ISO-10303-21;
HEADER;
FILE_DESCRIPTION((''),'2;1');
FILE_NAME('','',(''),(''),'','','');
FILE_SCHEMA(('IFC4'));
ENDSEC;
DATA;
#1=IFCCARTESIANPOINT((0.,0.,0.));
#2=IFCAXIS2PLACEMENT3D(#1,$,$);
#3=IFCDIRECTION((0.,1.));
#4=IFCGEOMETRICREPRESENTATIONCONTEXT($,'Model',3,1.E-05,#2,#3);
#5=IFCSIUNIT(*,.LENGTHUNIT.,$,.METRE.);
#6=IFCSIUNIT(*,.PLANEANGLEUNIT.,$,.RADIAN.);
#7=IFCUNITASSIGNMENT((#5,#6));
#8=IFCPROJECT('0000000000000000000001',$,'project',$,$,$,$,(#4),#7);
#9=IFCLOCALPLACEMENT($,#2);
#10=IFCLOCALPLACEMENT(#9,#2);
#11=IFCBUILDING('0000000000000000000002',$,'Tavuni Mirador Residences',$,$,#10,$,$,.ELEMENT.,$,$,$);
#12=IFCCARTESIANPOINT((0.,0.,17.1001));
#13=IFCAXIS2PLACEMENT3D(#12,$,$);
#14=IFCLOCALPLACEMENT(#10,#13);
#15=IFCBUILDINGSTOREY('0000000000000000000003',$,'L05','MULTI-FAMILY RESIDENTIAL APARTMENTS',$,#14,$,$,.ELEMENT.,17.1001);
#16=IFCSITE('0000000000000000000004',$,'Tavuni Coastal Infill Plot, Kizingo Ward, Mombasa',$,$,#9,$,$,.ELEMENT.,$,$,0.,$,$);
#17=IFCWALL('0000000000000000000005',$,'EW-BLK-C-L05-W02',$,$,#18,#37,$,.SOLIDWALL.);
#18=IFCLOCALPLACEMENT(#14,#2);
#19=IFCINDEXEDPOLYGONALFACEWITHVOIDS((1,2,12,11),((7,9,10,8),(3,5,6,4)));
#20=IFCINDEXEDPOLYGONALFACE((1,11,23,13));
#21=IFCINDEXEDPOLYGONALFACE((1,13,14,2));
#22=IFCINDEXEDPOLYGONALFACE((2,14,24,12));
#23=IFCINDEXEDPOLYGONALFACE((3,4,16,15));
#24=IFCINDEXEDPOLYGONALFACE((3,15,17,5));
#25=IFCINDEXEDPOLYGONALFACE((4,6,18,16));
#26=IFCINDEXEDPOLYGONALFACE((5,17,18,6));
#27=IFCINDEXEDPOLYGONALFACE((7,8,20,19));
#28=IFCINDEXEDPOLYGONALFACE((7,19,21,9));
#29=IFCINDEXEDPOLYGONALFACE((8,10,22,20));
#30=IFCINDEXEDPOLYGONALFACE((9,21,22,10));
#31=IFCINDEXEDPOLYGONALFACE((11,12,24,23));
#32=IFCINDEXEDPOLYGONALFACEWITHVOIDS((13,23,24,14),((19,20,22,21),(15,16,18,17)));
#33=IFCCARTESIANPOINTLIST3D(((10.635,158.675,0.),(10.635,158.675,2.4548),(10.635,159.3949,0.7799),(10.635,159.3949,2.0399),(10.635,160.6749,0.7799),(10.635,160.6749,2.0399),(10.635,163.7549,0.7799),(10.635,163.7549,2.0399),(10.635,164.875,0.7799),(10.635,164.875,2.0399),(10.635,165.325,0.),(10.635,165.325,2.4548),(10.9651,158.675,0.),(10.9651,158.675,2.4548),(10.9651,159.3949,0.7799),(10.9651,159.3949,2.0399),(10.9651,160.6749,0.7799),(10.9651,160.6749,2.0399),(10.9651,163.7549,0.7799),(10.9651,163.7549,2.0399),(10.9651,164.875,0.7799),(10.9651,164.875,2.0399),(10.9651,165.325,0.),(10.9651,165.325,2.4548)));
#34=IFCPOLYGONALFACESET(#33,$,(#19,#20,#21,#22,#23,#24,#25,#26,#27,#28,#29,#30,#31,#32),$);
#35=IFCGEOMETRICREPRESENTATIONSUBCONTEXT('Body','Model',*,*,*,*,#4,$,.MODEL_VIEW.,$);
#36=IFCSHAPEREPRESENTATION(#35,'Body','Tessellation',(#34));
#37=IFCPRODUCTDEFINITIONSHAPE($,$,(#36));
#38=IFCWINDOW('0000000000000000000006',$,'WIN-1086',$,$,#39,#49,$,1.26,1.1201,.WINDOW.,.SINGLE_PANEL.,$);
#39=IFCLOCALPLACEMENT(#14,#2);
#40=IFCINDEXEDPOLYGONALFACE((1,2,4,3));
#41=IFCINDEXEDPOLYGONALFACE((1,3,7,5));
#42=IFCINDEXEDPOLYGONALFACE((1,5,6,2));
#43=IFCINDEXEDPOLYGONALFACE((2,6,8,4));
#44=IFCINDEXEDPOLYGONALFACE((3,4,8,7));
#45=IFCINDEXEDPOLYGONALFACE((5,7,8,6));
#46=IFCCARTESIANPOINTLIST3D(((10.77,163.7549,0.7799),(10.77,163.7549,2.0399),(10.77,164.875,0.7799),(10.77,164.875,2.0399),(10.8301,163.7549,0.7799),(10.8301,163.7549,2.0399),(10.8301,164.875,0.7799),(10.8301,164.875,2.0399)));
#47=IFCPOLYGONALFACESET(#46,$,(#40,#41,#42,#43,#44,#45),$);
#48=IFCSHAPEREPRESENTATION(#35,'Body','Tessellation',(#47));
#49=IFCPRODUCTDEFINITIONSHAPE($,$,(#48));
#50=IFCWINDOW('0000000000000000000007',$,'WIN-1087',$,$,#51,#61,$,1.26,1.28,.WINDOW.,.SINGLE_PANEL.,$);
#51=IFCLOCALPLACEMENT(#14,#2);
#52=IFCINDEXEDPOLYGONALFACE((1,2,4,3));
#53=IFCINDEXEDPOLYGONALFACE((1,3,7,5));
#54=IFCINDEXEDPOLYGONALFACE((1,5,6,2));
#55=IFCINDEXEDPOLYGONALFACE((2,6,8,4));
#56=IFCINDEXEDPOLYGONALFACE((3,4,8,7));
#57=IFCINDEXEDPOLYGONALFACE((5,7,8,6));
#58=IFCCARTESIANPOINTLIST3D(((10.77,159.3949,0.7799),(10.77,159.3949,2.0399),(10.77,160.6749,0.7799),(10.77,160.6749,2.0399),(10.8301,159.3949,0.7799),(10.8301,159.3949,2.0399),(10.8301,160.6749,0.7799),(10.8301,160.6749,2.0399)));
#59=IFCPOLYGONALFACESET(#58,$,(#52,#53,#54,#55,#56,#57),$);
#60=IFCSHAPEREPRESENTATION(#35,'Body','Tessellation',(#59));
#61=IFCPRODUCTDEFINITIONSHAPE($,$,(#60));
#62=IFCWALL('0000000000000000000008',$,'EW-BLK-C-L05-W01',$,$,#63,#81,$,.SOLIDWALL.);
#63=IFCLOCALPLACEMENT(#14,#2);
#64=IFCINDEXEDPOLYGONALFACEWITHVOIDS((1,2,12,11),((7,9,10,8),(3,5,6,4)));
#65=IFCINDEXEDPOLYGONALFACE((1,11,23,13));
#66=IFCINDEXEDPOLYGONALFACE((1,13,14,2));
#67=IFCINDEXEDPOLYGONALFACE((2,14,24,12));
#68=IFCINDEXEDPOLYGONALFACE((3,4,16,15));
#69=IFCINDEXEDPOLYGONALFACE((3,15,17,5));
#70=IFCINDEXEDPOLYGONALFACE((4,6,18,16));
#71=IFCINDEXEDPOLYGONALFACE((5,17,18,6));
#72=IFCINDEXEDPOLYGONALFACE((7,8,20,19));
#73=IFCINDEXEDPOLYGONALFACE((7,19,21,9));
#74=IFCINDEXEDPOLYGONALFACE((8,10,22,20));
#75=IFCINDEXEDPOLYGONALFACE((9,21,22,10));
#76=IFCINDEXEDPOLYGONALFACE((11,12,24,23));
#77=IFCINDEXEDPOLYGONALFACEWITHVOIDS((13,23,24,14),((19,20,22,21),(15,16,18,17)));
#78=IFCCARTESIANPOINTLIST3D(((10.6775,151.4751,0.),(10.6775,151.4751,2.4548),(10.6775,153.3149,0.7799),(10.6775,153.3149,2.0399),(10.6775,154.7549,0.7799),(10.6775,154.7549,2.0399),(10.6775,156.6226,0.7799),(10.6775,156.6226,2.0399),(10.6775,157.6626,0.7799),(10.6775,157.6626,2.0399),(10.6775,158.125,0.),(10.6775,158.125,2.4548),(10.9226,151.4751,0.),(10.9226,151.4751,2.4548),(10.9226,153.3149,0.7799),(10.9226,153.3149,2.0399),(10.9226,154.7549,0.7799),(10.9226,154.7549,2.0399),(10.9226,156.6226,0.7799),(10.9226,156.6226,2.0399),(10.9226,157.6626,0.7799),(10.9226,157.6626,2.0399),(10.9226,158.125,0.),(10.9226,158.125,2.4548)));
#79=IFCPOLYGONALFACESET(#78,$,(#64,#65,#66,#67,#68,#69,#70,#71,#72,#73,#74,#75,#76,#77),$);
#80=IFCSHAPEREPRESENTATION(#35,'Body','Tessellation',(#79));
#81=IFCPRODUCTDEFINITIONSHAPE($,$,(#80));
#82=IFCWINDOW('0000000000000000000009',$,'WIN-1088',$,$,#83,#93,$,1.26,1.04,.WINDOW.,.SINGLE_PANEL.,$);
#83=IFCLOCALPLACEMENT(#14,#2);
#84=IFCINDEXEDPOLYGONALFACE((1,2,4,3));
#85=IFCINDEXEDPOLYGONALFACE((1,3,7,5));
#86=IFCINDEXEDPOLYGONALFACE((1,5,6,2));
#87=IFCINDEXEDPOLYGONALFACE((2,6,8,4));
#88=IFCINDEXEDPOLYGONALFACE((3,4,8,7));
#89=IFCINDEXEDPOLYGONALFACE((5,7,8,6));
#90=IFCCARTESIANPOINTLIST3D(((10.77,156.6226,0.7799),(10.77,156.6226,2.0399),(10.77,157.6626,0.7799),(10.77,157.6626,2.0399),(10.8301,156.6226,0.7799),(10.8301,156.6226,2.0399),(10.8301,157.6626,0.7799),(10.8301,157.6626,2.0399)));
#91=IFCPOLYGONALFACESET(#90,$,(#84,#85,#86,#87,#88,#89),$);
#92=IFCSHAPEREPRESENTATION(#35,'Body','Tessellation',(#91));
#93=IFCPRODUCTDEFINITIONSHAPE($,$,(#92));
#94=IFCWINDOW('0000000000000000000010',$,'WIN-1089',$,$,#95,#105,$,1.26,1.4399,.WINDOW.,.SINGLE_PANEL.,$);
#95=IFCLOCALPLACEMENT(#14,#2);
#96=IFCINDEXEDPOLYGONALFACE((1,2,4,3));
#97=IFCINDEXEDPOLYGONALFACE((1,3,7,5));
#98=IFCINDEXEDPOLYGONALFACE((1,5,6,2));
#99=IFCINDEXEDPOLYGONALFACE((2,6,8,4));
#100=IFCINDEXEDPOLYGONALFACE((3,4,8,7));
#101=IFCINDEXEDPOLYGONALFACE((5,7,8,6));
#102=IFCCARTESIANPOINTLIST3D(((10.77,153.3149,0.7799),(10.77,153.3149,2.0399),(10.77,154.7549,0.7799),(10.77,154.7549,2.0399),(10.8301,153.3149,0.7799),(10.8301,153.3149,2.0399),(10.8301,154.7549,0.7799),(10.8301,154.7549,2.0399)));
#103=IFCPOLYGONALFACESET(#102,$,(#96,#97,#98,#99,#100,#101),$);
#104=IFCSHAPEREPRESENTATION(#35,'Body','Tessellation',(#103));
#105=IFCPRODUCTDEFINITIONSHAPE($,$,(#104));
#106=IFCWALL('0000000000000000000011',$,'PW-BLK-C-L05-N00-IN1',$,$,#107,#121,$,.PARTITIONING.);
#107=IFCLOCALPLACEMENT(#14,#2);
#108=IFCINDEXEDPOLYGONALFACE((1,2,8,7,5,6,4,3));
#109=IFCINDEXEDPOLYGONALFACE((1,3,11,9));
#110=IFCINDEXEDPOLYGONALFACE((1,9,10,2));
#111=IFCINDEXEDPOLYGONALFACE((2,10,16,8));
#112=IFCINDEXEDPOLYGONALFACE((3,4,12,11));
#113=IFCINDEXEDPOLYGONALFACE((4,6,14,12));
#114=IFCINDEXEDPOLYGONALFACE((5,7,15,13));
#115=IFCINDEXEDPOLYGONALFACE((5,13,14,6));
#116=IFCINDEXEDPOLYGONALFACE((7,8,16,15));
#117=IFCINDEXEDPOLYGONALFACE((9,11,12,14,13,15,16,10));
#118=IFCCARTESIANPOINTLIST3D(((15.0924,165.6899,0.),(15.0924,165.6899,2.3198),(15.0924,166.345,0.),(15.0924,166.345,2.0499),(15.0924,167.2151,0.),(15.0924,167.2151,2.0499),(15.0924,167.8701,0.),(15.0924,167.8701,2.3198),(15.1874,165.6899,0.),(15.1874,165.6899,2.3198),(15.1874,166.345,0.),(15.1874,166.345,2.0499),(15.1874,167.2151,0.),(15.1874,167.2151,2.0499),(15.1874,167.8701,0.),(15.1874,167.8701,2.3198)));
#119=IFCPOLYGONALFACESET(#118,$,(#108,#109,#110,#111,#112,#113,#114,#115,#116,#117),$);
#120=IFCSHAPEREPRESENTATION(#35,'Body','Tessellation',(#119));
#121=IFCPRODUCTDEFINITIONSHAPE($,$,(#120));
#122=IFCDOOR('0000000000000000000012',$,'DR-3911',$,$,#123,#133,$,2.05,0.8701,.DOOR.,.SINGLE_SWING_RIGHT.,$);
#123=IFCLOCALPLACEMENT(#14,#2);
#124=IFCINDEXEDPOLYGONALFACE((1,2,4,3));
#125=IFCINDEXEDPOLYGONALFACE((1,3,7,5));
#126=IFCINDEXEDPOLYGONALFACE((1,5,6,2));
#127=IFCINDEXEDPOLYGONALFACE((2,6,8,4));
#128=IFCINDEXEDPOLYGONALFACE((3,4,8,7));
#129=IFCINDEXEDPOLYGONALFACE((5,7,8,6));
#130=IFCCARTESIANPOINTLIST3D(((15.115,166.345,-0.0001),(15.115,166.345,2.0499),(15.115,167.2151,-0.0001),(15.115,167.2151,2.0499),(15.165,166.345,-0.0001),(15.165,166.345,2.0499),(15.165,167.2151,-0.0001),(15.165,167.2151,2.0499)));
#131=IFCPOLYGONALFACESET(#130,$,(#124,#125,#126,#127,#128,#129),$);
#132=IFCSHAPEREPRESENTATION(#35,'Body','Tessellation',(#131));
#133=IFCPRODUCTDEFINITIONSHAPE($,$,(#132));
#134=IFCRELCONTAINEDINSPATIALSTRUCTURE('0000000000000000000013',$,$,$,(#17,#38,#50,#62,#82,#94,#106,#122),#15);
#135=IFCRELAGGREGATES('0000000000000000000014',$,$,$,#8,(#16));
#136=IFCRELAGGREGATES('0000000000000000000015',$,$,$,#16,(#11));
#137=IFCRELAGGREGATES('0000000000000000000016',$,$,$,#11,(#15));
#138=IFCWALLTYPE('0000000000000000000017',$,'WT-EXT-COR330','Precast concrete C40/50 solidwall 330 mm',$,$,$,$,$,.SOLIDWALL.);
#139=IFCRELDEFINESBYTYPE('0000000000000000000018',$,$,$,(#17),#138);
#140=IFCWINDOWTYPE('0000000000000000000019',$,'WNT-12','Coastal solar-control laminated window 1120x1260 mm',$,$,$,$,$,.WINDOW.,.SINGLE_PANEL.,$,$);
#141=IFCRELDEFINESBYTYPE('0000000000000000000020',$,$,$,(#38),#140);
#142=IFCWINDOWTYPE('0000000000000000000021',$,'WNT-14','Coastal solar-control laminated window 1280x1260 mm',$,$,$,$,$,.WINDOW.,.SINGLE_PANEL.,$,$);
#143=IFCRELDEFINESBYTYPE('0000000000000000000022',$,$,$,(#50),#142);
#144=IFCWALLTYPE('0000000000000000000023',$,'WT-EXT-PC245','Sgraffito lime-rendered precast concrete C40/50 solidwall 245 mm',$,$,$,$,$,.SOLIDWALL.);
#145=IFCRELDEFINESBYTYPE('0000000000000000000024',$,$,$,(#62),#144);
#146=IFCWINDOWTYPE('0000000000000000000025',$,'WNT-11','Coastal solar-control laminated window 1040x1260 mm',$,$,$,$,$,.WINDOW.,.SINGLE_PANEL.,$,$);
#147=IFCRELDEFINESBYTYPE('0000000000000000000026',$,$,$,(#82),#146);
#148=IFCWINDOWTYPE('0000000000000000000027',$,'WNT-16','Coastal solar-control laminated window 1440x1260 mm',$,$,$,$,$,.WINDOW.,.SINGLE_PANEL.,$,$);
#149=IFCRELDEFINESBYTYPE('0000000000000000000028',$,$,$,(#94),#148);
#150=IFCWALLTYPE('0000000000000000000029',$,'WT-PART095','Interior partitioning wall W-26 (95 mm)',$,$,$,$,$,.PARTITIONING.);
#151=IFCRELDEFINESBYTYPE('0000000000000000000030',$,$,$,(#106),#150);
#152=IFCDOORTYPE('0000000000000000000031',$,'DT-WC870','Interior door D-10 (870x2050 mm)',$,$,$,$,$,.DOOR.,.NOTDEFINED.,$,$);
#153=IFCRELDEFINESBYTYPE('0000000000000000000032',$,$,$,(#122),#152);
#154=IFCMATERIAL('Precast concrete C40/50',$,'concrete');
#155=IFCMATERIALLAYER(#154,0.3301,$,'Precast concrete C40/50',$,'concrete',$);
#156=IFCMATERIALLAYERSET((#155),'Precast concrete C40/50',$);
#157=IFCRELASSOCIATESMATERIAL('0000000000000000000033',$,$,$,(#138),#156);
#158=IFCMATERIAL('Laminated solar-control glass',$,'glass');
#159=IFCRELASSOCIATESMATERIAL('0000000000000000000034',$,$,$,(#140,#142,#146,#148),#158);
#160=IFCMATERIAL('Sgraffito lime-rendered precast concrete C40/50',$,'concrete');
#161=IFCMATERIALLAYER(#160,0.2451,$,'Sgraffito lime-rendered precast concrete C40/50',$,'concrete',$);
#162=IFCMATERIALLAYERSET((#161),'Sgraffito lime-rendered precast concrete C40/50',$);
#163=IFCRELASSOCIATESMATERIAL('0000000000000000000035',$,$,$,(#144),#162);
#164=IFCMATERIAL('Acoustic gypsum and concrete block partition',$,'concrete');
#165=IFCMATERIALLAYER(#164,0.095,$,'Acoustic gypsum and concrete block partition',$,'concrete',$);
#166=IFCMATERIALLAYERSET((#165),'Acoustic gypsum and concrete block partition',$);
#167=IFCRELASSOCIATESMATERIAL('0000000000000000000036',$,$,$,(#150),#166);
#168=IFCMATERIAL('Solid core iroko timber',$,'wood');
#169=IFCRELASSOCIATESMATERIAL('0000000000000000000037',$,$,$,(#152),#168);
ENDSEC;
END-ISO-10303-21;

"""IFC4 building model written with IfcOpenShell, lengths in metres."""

from ifc_helpers import new_model, si_unit, direction, frame, frame_2d, origin, place, context, subcontext, project, spatial, rectangle, extrude, material, layer, layer_set, type_object, element, fill, save


model = new_model("IFC4")

# Units and contexts
model_context = context("Model", 3, precision=1e-05, world=origin(), true_north=direction((0.0, 1.0)))
body_context = subcontext(model_context, "Body", "Model", "MODEL_VIEW")
ifc_project = project(units=[si_unit("LENGTHUNIT", "METRE"), si_unit("PLANEANGLEUNIT", "RADIAN")], contexts=[model_context])

# Site, building, storey
site_placement = place(None, origin())
site = spatial("IfcSite", under=ifc_project, at=site_placement, Name="Tavuni Coastal Infill Plot, Kizingo Ward, Mombasa", CompositionType="ELEMENT", RefElevation=0.0)
building_placement = place(site_placement, origin())
building = spatial("IfcBuilding", under=site, at=building_placement, Name="Tavuni Mirador Residences", CompositionType="ELEMENT")
storey_placement = place(building_placement, frame((0.0, 0.0, 17.1001)))
storey = spatial("IfcBuildingStorey", under=building, at=storey_placement, Name="L05", Description="MULTI-FAMILY RESIDENTIAL APARTMENTS", CompositionType="ELEMENT", Elevation=17.1001)

# Shared definitions
ifc_material_1 = material(Name="Precast concrete C40/50", Category="concrete")

# Shared definitions
ifc_material_2 = material(Name="Solid core iroko timber", Category="wood")

# Walls, openings, windows
ifc_layer_1 = layer(ifc_material_1, 0.3301, Name="Precast concrete C40/50", Category="concrete")
ifc_layer_set_1 = layer_set([ifc_layer_1], Name="Precast concrete C40/50")
wall_type_1 = type_object("IfcWallType", Name="WT-EXT-COR330", Description="Precast concrete C40/50 solidwall 330 mm", PredefinedType="SOLIDWALL", material=ifc_layer_set_1)
wall_1_placement = place(storey_placement, frame((10.8, 165.325, 0.0), z_axis=(0.0, 0.0, 1.0), x_axis=(0.0, -1.0, 0.0)))
wall_1 = element("IfcWall", 1, at=wall_1_placement, inside=storey, type_object=wall_type_1, Name="EW-BLK-C-L05-W02", PredefinedType="SOLIDWALL", context=body_context, shape_type="SweptSolid", body=[
    extrude(rectangle(XDim=6.6499, YDim=0.3301, at=frame_2d((3.325, 0.0))), origin(), (0.0, 0.0, 1.0), 2.4548),
])
opening_1_placement = place(wall_1_placement, frame((0.45, 0.0, 0.78)))
opening_1 = element("IfcOpeningElement", 2, at=opening_1_placement, cuts=wall_1, PredefinedType="OPENING", context=body_context, shape_type="SweptSolid", body=[
    extrude(rectangle(XDim=1.1201, YDim=1.26, at=frame_2d((0.5601, 0.6299))), frame((0.0, 0.175, 0.0), z_axis=(0.0, -1.0, 0.0), x_axis=(1.0, 0.0, 0.0)), (0.0, 0.0, 1.0), 0.3501),
])
opening_2_placement = place(wall_1_placement, frame((4.6499, 0.0, 0.78)))
opening_2 = element("IfcOpeningElement", 3, at=opening_2_placement, cuts=wall_1, PredefinedType="OPENING", context=body_context, shape_type="SweptSolid", body=[
    extrude(rectangle(XDim=1.28, YDim=1.26, at=frame_2d((0.6401, 0.6299))), frame((0.0, 0.175, 0.0), z_axis=(0.0, -1.0, 0.0), x_axis=(1.0, 0.0, 0.0)), (0.0, 0.0, 1.0), 0.3501),
])
ifc_material_3 = material(Name="Laminated solar-control glass", Category="glass")
window_type_1 = type_object("IfcWindowType", Name="WNT-12", Description="Coastal solar-control laminated window 1120x1260 mm", PartitioningType="SINGLE_PANEL", PredefinedType="WINDOW", material=ifc_material_3)
window_1_placement = place(opening_1_placement, origin())
window_1 = element("IfcWindow", 4, at=window_1_placement, inside=storey, type_object=window_type_1, Name="WIN-1086", OverallHeight=1.26, OverallWidth=1.1201, PartitioningType="SINGLE_PANEL", PredefinedType="WINDOW", context=body_context, shape_type="SweptSolid", body=[
    extrude(rectangle(XDim=1.1201, YDim=1.26, at=frame_2d((0.5601, 0.6299))), frame((0.0, 0.03, 0.0), z_axis=(0.0, -1.0, 0.0), x_axis=(1.0, 0.0, 0.0)), (0.0, 0.0, 1.0), 0.0601),
])
fill(opening_1, window_1)
window_type_2 = type_object("IfcWindowType", Name="WNT-14", Description="Coastal solar-control laminated window 1280x1260 mm", PartitioningType="SINGLE_PANEL", PredefinedType="WINDOW", material=ifc_material_3)
window_2_placement = place(opening_2_placement, origin())
window_2 = element("IfcWindow", 5, at=window_2_placement, inside=storey, type_object=window_type_2, Name="WIN-1087", OverallHeight=1.26, OverallWidth=1.28, PartitioningType="SINGLE_PANEL", PredefinedType="WINDOW", context=body_context, shape_type="SweptSolid", body=[
    extrude(rectangle(XDim=1.28, YDim=1.26, at=frame_2d((0.6401, 0.6299))), frame((0.0, 0.03, 0.0), z_axis=(0.0, -1.0, 0.0), x_axis=(1.0, 0.0, 0.0)), (0.0, 0.0, 1.0), 0.0601),
])
fill(opening_2, window_2)
ifc_material_4 = material(Name="Sgraffito lime-rendered precast concrete C40/50", Category="concrete")
ifc_layer_2 = layer(ifc_material_4, 0.2451, Name="Sgraffito lime-rendered precast concrete C40/50", Category="concrete")
ifc_layer_set_2 = layer_set([ifc_layer_2], Name="Sgraffito lime-rendered precast concrete C40/50")
wall_type_2 = type_object("IfcWallType", Name="WT-EXT-PC245", Description="Sgraffito lime-rendered precast concrete C40/50 solidwall 245 mm", PredefinedType="SOLIDWALL", material=ifc_layer_set_2)
wall_2_placement = place(storey_placement, frame((10.8, 158.125, 0.0), z_axis=(0.0, 0.0, 1.0), x_axis=(0.0, -1.0, 0.0)))
wall_2 = element("IfcWall", 6, at=wall_2_placement, inside=storey, type_object=wall_type_2, Name="EW-BLK-C-L05-W01", PredefinedType="SOLIDWALL", context=body_context, shape_type="SweptSolid", body=[
    extrude(rectangle(XDim=6.6499, YDim=0.2451, at=frame_2d((3.325, 0.0))), origin(), (0.0, 0.0, 1.0), 2.4548),
])
opening_3_placement = place(wall_2_placement, frame((0.4624, 0.0, 0.78)))
opening_3 = element("IfcOpeningElement", 7, at=opening_3_placement, cuts=wall_2, PredefinedType="OPENING", context=body_context, shape_type="SweptSolid", body=[
    extrude(rectangle(XDim=1.04, YDim=1.26, at=frame_2d((0.52, 0.6299))), frame((0.0, 0.1326, 0.0), z_axis=(0.0, -1.0, 0.0), x_axis=(1.0, 0.0, 0.0)), (0.0, 0.0, 1.0), 0.2651),
])
opening_4_placement = place(wall_2_placement, frame((3.3701, 0.0, 0.78)))
opening_4 = element("IfcOpeningElement", 8, at=opening_4_placement, cuts=wall_2, PredefinedType="OPENING", context=body_context, shape_type="SweptSolid", body=[
    extrude(rectangle(XDim=1.4399, YDim=1.26, at=frame_2d((0.72, 0.6299))), frame((0.0, 0.1326, 0.0), z_axis=(0.0, -1.0, 0.0), x_axis=(1.0, 0.0, 0.0)), (0.0, 0.0, 1.0), 0.2651),
])
window_type_3 = type_object("IfcWindowType", Name="WNT-11", Description="Coastal solar-control laminated window 1040x1260 mm", PartitioningType="SINGLE_PANEL", PredefinedType="WINDOW", material=ifc_material_3)
window_3_placement = place(opening_3_placement, origin())
window_3 = element("IfcWindow", 9, at=window_3_placement, inside=storey, type_object=window_type_3, Name="WIN-1088", OverallHeight=1.26, OverallWidth=1.04, PartitioningType="SINGLE_PANEL", PredefinedType="WINDOW", context=body_context, shape_type="SweptSolid", body=[
    extrude(rectangle(XDim=1.04, YDim=1.26, at=frame_2d((0.52, 0.6299))), frame((0.0, 0.03, 0.0), z_axis=(0.0, -1.0, 0.0), x_axis=(1.0, 0.0, 0.0)), (0.0, 0.0, 1.0), 0.0601),
])
fill(opening_3, window_3)
window_type_4 = type_object("IfcWindowType", Name="WNT-16", Description="Coastal solar-control laminated window 1440x1260 mm", PartitioningType="SINGLE_PANEL", PredefinedType="WINDOW", material=ifc_material_3)
window_4_placement = place(opening_4_placement, origin())
window_4 = element("IfcWindow", 10, at=window_4_placement, inside=storey, type_object=window_type_4, Name="WIN-1089", OverallHeight=1.26, OverallWidth=1.4399, PartitioningType="SINGLE_PANEL", PredefinedType="WINDOW", context=body_context, shape_type="SweptSolid", body=[
    extrude(rectangle(XDim=1.4399, YDim=1.26, at=frame_2d((0.72, 0.6299))), frame((0.0, 0.03, 0.0), z_axis=(0.0, -1.0, 0.0), x_axis=(1.0, 0.0, 0.0)), (0.0, 0.0, 1.0), 0.0601),
])
fill(opening_4, window_4)

# Wall, opening, door
ifc_material_5 = material(Name="Acoustic gypsum and concrete block partition", Category="concrete")
ifc_layer_3 = layer(ifc_material_5, 0.095, Name="Acoustic gypsum and concrete block partition", Category="concrete")
ifc_layer_set_3 = layer_set([ifc_layer_3], Name="Acoustic gypsum and concrete block partition")
wall_type_3 = type_object("IfcWallType", Name="WT-PART095", Description="Interior partitioning wall W-26 (95 mm)", PredefinedType="PARTITIONING", material=ifc_layer_set_3)
wall_3_placement = place(storey_placement, frame((15.1399, 165.6899, 0.0), z_axis=(0.0, 0.0, 1.0), x_axis=(0.0, 1.0, 0.0)))
wall_3 = element("IfcWall", 11, at=wall_3_placement, inside=storey, type_object=wall_type_3, Name="PW-BLK-C-L05-N00-IN1", PredefinedType="PARTITIONING", context=body_context, shape_type="SweptSolid", body=[
    extrude(rectangle(XDim=2.1802, YDim=0.095, at=frame_2d((1.0901, 0.0))), origin(), (0.0, 0.0, 1.0), 2.3198),
])
opening_5_placement = place(wall_3_placement, frame((0.655, 0.0, 0.0)))
opening_5 = element("IfcOpeningElement", 12, at=opening_5_placement, cuts=wall_3, PredefinedType="OPENING", context=body_context, shape_type="SweptSolid", body=[
    extrude(rectangle(XDim=0.8701, YDim=2.05, at=frame_2d((0.4351, 1.0249))), frame((0.0, 0.0576, 0.0), z_axis=(0.0, -1.0, 0.0), x_axis=(1.0, 0.0, 0.0)), (0.0, 0.0, 1.0), 0.115),
])
door_type_1 = type_object("IfcDoorType", Name="DT-WC870", Description="Interior door D-10 (870x2050 mm)", OperationType="NOTDEFINED", PredefinedType="DOOR", material=ifc_material_2)
door_1_placement = place(opening_5_placement, origin())
door_1 = element("IfcDoor", 13, at=door_1_placement, inside=storey, type_object=door_type_1, Name="DR-3911", OperationType="SINGLE_SWING_RIGHT", OverallHeight=2.05, OverallWidth=0.8701, PredefinedType="DOOR", context=body_context, shape_type="SweptSolid", body=[
    extrude(rectangle(XDim=0.8701, YDim=2.05, at=frame_2d((0.4351, 1.0249))), frame((0.0, 0.0249, 0.0), z_axis=(0.0, -1.0, 0.0), x_axis=(1.0, 0.0, 0.0)), (0.0, 0.0, 1.0), 0.05),
])
fill(opening_5, door_1)

save(model, "model.ifc")
